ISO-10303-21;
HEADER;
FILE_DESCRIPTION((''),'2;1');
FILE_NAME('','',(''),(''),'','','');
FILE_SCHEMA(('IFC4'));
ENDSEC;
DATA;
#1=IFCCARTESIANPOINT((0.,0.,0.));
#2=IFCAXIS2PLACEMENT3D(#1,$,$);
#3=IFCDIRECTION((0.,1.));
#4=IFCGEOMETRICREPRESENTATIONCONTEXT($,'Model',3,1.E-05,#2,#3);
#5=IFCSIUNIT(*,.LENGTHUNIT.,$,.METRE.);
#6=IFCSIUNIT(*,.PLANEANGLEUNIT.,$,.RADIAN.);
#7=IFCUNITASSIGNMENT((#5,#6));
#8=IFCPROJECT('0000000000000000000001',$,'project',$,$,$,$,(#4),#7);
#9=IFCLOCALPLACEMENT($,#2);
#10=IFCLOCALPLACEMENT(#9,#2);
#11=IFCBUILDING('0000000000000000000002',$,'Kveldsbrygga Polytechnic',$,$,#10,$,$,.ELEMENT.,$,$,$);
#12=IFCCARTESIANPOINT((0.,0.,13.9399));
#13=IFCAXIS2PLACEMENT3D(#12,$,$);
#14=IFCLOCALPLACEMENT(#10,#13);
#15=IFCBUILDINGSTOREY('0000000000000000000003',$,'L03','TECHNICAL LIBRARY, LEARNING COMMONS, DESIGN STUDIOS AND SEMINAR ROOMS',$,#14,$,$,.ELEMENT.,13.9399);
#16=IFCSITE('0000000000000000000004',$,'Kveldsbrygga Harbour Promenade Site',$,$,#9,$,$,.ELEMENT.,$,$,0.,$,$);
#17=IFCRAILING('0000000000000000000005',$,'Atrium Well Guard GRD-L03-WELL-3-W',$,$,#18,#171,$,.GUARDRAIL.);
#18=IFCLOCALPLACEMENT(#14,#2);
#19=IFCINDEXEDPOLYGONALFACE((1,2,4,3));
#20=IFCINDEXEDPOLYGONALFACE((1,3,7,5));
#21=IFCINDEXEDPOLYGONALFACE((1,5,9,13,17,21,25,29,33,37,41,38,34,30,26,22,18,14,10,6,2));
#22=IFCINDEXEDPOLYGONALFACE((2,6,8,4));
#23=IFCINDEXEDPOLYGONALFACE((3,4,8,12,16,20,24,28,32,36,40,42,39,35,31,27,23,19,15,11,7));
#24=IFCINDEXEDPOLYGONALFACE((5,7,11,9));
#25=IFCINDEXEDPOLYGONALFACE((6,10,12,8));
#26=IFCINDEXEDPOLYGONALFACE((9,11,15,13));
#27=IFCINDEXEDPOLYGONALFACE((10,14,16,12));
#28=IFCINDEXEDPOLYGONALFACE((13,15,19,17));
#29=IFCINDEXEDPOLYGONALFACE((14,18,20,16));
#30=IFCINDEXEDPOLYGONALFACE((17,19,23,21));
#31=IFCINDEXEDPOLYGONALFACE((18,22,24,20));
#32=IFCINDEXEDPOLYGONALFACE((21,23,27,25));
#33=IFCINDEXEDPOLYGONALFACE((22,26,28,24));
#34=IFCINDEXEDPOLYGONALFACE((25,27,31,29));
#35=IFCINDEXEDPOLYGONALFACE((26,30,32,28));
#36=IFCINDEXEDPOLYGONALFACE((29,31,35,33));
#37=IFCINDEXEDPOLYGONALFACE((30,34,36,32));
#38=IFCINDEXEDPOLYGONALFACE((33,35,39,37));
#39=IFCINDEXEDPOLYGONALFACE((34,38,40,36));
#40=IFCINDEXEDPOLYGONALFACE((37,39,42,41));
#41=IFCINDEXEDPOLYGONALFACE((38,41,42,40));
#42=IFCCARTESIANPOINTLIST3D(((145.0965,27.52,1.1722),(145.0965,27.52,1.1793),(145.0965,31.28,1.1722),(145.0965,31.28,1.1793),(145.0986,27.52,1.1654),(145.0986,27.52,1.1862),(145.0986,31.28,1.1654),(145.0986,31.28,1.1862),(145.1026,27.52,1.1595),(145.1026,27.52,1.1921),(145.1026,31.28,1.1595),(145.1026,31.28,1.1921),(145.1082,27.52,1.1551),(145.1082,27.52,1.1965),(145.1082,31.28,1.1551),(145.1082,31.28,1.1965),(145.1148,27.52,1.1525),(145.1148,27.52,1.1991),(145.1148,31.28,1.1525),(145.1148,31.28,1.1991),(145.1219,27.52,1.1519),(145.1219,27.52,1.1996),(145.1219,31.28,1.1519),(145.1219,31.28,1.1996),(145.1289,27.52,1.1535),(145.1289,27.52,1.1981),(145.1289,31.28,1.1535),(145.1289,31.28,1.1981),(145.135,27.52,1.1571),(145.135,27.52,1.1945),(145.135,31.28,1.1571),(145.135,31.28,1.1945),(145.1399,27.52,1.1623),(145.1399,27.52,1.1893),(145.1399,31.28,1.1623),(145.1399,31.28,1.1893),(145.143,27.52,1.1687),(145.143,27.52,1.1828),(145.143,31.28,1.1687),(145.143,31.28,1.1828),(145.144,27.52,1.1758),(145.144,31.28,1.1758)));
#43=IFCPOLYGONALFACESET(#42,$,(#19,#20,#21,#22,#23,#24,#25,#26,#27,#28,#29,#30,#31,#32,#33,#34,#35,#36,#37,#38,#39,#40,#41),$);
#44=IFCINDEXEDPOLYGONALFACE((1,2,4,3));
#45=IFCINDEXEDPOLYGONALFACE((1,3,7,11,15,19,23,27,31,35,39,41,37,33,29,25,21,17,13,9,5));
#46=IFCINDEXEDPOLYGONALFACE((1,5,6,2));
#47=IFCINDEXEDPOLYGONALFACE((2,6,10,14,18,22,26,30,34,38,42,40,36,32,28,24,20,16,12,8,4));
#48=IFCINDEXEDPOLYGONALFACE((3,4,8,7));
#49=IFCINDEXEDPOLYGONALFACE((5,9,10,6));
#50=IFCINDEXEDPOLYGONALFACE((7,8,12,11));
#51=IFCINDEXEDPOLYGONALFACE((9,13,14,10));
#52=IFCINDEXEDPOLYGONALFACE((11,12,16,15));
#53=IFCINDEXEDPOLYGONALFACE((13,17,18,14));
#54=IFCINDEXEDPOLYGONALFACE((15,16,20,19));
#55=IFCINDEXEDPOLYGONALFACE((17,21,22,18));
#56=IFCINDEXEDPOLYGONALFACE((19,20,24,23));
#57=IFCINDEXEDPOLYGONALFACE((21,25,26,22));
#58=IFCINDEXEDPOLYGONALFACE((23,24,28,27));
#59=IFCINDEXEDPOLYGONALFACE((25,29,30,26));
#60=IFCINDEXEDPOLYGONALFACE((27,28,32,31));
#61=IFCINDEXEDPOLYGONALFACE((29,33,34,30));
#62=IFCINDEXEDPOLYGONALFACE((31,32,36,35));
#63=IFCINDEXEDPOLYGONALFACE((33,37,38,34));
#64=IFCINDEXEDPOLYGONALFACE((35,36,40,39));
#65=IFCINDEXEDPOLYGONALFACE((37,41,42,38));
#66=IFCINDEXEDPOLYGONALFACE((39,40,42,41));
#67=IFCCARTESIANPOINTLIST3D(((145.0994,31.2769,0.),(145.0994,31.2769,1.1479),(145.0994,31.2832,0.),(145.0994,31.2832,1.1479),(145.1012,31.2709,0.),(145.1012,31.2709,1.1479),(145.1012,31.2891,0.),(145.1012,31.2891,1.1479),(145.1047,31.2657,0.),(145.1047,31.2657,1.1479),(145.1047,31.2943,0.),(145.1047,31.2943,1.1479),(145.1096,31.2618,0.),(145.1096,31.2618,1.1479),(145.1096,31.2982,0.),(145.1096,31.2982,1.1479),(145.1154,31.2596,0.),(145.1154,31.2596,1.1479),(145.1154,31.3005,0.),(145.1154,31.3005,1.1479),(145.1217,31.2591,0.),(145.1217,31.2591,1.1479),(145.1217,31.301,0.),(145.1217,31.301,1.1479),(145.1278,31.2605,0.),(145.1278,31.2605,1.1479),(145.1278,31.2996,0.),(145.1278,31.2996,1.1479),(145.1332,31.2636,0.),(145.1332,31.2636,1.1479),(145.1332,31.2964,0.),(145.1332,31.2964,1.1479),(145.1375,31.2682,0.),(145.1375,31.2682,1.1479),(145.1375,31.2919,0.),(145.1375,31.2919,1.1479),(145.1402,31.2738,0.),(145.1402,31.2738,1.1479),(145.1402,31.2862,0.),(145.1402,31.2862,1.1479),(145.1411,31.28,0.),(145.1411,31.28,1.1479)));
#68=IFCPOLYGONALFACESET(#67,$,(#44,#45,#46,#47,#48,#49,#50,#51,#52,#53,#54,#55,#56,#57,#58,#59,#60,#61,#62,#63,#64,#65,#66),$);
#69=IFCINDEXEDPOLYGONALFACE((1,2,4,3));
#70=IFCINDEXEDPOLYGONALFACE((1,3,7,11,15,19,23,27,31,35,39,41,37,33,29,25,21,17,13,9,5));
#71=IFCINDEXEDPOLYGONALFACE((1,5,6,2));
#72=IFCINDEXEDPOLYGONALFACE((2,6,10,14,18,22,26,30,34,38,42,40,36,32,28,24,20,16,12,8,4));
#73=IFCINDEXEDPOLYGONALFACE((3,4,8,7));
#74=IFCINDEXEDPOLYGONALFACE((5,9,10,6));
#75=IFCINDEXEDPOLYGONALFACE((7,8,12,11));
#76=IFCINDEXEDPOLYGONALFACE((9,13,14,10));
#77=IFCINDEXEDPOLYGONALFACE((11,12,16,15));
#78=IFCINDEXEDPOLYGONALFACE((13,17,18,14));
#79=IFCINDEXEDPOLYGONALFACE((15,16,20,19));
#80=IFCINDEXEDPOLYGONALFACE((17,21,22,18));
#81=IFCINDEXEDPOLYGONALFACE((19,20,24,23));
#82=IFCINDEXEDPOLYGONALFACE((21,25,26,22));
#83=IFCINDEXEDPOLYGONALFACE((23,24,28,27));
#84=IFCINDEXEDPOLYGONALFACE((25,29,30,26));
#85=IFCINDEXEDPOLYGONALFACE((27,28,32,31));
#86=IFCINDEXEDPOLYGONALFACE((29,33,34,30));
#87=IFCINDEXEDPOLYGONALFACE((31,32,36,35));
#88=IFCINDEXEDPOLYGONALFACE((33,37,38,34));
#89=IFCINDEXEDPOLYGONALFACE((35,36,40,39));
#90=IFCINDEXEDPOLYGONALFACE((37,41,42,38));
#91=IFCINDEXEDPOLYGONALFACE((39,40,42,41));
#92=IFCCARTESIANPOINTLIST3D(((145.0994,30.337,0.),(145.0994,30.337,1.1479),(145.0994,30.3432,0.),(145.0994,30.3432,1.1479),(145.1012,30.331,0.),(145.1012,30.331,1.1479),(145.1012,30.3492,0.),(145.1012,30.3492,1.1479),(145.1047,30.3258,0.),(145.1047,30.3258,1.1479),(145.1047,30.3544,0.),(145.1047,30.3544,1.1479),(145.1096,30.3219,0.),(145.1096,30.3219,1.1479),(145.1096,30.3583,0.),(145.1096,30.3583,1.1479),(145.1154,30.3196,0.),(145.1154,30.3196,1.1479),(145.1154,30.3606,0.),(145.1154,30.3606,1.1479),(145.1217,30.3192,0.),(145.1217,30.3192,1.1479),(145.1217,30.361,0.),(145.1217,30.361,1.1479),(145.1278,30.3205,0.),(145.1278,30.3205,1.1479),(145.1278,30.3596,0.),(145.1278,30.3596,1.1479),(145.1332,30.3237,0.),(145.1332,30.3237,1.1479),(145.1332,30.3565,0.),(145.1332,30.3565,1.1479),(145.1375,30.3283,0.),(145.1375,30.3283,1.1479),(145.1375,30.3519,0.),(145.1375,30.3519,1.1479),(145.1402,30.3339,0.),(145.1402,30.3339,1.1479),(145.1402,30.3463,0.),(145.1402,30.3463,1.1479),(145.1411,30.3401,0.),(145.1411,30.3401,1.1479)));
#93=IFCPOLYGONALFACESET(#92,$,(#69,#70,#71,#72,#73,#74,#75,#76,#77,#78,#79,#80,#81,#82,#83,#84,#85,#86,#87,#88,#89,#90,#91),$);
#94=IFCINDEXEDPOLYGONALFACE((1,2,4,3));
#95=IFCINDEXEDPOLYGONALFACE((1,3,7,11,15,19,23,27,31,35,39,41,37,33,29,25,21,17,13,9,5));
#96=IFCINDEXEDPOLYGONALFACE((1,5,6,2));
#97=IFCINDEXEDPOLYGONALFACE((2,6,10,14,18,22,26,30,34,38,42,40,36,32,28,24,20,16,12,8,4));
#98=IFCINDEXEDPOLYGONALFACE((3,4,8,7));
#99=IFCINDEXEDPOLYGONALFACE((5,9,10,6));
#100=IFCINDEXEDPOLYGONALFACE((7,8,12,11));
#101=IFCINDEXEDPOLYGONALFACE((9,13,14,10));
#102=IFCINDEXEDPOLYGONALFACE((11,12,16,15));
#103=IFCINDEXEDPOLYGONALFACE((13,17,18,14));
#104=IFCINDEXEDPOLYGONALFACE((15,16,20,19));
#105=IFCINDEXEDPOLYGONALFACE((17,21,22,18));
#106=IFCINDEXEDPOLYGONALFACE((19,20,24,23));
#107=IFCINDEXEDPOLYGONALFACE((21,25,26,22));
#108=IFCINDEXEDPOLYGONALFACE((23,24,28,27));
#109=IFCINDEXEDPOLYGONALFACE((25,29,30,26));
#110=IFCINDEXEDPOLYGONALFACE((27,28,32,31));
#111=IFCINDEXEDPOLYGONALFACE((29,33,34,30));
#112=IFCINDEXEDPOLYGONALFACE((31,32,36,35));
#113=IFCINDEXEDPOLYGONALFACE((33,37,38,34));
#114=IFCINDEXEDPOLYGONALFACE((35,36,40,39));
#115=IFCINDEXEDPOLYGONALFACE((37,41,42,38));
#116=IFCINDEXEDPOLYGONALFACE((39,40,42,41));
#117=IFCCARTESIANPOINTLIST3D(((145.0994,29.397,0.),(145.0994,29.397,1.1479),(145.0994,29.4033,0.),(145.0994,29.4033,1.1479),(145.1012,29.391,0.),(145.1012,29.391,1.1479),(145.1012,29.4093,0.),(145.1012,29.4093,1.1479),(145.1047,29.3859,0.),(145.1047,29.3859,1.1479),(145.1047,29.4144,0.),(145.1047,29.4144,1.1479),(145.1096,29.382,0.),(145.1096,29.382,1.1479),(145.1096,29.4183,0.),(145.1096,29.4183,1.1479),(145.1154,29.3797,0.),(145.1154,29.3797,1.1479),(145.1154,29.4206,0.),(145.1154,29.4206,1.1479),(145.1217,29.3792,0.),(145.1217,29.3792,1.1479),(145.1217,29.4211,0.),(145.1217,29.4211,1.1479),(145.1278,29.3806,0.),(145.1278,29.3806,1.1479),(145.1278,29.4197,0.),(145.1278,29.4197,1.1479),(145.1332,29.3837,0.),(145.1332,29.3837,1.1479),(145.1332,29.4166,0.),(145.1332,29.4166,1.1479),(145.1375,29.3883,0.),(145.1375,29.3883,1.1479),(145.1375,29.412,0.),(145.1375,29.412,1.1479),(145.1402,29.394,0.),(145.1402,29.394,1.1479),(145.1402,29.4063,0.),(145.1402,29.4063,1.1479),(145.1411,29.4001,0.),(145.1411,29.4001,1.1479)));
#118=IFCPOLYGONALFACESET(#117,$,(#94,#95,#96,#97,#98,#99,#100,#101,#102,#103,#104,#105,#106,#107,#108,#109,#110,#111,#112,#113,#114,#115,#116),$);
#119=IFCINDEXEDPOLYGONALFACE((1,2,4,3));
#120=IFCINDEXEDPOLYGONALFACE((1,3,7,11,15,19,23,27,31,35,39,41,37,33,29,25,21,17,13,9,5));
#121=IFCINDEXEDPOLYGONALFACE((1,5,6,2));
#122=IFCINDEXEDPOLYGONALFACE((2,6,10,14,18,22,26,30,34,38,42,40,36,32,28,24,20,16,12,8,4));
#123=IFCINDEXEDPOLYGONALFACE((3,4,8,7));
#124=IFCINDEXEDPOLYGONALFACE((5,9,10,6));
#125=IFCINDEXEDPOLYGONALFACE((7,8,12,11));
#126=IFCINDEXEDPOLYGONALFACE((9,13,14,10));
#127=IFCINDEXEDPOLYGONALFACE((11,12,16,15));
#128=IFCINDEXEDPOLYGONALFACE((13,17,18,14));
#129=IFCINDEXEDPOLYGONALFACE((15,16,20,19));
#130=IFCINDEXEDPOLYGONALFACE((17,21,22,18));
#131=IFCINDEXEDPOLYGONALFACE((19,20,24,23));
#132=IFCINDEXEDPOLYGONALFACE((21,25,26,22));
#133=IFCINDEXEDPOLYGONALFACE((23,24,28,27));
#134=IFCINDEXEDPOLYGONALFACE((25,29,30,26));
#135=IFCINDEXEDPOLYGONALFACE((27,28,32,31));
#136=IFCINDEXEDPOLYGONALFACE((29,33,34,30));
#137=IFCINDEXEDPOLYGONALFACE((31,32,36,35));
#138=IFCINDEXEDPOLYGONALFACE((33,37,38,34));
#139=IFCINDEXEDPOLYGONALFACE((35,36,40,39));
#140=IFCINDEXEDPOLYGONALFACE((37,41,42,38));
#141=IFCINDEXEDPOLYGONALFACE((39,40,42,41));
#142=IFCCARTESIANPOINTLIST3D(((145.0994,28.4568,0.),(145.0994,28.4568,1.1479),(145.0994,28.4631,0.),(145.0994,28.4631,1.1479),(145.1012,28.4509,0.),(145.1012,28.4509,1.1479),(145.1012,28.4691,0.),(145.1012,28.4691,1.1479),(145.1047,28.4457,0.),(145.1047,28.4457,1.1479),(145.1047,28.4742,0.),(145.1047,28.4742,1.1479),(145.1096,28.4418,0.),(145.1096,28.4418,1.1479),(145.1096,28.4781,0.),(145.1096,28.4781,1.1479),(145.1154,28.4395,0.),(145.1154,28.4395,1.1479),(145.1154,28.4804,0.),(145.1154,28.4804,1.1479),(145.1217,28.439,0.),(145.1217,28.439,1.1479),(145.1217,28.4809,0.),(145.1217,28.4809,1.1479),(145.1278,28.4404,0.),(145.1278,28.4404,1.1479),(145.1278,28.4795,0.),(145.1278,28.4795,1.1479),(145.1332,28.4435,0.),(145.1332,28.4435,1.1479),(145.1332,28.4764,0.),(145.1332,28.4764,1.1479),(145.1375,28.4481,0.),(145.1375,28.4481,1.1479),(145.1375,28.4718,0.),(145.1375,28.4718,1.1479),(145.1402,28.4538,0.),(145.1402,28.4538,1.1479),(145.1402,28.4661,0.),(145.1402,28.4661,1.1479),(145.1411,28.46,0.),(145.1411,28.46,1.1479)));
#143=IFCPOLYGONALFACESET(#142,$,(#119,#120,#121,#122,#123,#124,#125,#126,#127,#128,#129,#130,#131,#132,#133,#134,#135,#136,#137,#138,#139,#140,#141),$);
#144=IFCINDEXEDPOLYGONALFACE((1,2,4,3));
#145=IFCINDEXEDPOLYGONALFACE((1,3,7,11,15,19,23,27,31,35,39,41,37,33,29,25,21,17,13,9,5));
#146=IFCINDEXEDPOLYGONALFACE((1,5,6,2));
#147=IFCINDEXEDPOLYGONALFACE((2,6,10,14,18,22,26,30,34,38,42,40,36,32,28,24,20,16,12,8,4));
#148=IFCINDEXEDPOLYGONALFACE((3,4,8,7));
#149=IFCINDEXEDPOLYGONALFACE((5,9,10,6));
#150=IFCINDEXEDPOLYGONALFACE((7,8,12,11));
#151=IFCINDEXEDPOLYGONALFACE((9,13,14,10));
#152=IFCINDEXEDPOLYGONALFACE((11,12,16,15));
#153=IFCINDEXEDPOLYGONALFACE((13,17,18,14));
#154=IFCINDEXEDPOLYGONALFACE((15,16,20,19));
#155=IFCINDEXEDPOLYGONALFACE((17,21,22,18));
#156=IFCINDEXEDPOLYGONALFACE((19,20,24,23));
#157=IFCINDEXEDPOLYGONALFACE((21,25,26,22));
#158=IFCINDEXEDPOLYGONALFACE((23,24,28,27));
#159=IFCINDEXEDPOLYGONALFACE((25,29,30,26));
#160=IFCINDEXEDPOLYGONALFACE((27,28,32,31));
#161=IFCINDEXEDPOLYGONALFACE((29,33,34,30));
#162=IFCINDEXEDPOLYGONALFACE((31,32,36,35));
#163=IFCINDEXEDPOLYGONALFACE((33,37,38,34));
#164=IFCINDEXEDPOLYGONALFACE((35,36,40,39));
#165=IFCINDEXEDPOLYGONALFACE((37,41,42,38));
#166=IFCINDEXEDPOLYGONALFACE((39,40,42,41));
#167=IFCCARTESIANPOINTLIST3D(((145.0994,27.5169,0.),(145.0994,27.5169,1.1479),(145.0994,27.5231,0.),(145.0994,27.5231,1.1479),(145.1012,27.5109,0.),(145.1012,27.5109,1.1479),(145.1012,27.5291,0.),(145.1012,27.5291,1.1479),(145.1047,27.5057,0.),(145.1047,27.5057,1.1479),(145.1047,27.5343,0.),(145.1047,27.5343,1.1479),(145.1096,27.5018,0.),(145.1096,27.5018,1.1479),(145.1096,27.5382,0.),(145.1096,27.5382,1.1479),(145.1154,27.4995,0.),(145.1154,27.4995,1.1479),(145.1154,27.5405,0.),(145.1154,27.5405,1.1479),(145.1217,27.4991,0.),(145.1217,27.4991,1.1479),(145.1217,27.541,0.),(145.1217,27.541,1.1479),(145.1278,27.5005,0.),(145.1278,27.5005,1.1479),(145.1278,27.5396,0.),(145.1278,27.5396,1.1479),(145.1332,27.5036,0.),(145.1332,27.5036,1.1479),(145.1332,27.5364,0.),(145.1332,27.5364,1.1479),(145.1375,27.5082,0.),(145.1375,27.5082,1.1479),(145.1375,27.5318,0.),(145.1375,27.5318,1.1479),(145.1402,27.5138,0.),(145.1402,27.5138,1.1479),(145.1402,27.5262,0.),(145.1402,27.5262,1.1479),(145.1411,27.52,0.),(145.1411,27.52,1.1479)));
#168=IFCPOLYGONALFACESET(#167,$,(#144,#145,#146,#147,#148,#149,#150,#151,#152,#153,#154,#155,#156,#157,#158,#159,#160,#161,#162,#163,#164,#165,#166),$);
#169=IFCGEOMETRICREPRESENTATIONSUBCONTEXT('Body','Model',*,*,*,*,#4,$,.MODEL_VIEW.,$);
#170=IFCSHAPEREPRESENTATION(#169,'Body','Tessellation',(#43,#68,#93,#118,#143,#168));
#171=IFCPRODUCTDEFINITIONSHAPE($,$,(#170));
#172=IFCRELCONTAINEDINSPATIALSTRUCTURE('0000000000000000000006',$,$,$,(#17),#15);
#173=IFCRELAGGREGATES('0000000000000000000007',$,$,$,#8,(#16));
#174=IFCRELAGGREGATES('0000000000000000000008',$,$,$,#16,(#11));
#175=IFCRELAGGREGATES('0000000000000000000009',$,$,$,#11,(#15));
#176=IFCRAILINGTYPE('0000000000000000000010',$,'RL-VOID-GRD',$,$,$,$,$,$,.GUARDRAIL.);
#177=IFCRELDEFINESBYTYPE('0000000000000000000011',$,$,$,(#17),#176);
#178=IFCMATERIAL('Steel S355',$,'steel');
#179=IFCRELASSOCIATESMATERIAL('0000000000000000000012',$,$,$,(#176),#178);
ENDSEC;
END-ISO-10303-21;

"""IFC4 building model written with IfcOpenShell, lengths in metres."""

from ifc_helpers import new_model, si_unit, direction, frame, origin, origin_2d, place, context, subcontext, project, spatial, circle, extrude, material, type_object, element, save


model = new_model("IFC4")

# Units and contexts
model_context = context("Model", 3, precision=1e-05, world=origin(), true_north=direction((0.0, 1.0)))
body_context = subcontext(model_context, "Body", "Model", "MODEL_VIEW")
ifc_project = project(units=[si_unit("LENGTHUNIT", "METRE"), si_unit("PLANEANGLEUNIT", "RADIAN")], contexts=[model_context])

# Site, building, storey
site_placement = place(None, origin())
site = spatial("IfcSite", under=ifc_project, at=site_placement, Name="Kveldsbrygga Harbour Promenade Site", CompositionType="ELEMENT", RefElevation=0.0)
building_placement = place(site_placement, origin())
building = spatial("IfcBuilding", under=site, at=building_placement, Name="Kveldsbrygga Polytechnic", CompositionType="ELEMENT")
storey_placement = place(building_placement, frame((0.0, 0.0, 13.9399)))
storey = spatial("IfcBuildingStorey", under=building, at=storey_placement, Name="L03", Description="TECHNICAL LIBRARY, LEARNING COMMONS, DESIGN STUDIOS AND SEMINAR ROOMS", CompositionType="ELEMENT", Elevation=13.9399)

# Shared definitions
ifc_material_1 = material(Name="Steel S355", Category="steel")

# Railing
railing_type = type_object("IfcRailingType", Name="RL-VOID-GRD", PredefinedType="GUARDRAIL", material=ifc_material_1)
railing_1_placement = place(storey_placement, frame((145.1201, 31.28, 0.0)))
element("IfcRailing", 1, at=railing_1_placement, inside=storey, type_object=railing_type, Name="Atrium Well Guard GRD-L03-WELL-3-W", PredefinedType="GUARDRAIL", context=body_context, shape_type="SweptSolid", body=[
    extrude(circle(Radius=0.0239, at=origin_2d()), frame((0.0, 0.0, 1.1758), z_axis=(0.0, -1.0, 0.0), x_axis=(1.0, 0.0, 0.0)), (0.0, 0.0, 1.0), 3.76),
    extrude(circle(Radius=0.021, at=origin_2d()), origin(), (0.0, 0.0, 1.0), 1.1479),
    extrude(circle(Radius=0.021, at=origin_2d()), frame((0.0, -0.9399, 0.0)), (0.0, 0.0, 1.0), 1.1479),
    extrude(circle(Radius=0.021, at=origin_2d()), frame((0.0, -1.8799, 0.0)), (0.0, 0.0, 1.0), 1.1479),
    extrude(circle(Radius=0.021, at=origin_2d()), frame((0.0, -2.8201, 0.0)), (0.0, 0.0, 1.0), 1.1479),
    extrude(circle(Radius=0.021, at=origin_2d()), frame((0.0, -3.76, 0.0)), (0.0, 0.0, 1.0), 1.1479),
])

save(model, "model.ifc")
